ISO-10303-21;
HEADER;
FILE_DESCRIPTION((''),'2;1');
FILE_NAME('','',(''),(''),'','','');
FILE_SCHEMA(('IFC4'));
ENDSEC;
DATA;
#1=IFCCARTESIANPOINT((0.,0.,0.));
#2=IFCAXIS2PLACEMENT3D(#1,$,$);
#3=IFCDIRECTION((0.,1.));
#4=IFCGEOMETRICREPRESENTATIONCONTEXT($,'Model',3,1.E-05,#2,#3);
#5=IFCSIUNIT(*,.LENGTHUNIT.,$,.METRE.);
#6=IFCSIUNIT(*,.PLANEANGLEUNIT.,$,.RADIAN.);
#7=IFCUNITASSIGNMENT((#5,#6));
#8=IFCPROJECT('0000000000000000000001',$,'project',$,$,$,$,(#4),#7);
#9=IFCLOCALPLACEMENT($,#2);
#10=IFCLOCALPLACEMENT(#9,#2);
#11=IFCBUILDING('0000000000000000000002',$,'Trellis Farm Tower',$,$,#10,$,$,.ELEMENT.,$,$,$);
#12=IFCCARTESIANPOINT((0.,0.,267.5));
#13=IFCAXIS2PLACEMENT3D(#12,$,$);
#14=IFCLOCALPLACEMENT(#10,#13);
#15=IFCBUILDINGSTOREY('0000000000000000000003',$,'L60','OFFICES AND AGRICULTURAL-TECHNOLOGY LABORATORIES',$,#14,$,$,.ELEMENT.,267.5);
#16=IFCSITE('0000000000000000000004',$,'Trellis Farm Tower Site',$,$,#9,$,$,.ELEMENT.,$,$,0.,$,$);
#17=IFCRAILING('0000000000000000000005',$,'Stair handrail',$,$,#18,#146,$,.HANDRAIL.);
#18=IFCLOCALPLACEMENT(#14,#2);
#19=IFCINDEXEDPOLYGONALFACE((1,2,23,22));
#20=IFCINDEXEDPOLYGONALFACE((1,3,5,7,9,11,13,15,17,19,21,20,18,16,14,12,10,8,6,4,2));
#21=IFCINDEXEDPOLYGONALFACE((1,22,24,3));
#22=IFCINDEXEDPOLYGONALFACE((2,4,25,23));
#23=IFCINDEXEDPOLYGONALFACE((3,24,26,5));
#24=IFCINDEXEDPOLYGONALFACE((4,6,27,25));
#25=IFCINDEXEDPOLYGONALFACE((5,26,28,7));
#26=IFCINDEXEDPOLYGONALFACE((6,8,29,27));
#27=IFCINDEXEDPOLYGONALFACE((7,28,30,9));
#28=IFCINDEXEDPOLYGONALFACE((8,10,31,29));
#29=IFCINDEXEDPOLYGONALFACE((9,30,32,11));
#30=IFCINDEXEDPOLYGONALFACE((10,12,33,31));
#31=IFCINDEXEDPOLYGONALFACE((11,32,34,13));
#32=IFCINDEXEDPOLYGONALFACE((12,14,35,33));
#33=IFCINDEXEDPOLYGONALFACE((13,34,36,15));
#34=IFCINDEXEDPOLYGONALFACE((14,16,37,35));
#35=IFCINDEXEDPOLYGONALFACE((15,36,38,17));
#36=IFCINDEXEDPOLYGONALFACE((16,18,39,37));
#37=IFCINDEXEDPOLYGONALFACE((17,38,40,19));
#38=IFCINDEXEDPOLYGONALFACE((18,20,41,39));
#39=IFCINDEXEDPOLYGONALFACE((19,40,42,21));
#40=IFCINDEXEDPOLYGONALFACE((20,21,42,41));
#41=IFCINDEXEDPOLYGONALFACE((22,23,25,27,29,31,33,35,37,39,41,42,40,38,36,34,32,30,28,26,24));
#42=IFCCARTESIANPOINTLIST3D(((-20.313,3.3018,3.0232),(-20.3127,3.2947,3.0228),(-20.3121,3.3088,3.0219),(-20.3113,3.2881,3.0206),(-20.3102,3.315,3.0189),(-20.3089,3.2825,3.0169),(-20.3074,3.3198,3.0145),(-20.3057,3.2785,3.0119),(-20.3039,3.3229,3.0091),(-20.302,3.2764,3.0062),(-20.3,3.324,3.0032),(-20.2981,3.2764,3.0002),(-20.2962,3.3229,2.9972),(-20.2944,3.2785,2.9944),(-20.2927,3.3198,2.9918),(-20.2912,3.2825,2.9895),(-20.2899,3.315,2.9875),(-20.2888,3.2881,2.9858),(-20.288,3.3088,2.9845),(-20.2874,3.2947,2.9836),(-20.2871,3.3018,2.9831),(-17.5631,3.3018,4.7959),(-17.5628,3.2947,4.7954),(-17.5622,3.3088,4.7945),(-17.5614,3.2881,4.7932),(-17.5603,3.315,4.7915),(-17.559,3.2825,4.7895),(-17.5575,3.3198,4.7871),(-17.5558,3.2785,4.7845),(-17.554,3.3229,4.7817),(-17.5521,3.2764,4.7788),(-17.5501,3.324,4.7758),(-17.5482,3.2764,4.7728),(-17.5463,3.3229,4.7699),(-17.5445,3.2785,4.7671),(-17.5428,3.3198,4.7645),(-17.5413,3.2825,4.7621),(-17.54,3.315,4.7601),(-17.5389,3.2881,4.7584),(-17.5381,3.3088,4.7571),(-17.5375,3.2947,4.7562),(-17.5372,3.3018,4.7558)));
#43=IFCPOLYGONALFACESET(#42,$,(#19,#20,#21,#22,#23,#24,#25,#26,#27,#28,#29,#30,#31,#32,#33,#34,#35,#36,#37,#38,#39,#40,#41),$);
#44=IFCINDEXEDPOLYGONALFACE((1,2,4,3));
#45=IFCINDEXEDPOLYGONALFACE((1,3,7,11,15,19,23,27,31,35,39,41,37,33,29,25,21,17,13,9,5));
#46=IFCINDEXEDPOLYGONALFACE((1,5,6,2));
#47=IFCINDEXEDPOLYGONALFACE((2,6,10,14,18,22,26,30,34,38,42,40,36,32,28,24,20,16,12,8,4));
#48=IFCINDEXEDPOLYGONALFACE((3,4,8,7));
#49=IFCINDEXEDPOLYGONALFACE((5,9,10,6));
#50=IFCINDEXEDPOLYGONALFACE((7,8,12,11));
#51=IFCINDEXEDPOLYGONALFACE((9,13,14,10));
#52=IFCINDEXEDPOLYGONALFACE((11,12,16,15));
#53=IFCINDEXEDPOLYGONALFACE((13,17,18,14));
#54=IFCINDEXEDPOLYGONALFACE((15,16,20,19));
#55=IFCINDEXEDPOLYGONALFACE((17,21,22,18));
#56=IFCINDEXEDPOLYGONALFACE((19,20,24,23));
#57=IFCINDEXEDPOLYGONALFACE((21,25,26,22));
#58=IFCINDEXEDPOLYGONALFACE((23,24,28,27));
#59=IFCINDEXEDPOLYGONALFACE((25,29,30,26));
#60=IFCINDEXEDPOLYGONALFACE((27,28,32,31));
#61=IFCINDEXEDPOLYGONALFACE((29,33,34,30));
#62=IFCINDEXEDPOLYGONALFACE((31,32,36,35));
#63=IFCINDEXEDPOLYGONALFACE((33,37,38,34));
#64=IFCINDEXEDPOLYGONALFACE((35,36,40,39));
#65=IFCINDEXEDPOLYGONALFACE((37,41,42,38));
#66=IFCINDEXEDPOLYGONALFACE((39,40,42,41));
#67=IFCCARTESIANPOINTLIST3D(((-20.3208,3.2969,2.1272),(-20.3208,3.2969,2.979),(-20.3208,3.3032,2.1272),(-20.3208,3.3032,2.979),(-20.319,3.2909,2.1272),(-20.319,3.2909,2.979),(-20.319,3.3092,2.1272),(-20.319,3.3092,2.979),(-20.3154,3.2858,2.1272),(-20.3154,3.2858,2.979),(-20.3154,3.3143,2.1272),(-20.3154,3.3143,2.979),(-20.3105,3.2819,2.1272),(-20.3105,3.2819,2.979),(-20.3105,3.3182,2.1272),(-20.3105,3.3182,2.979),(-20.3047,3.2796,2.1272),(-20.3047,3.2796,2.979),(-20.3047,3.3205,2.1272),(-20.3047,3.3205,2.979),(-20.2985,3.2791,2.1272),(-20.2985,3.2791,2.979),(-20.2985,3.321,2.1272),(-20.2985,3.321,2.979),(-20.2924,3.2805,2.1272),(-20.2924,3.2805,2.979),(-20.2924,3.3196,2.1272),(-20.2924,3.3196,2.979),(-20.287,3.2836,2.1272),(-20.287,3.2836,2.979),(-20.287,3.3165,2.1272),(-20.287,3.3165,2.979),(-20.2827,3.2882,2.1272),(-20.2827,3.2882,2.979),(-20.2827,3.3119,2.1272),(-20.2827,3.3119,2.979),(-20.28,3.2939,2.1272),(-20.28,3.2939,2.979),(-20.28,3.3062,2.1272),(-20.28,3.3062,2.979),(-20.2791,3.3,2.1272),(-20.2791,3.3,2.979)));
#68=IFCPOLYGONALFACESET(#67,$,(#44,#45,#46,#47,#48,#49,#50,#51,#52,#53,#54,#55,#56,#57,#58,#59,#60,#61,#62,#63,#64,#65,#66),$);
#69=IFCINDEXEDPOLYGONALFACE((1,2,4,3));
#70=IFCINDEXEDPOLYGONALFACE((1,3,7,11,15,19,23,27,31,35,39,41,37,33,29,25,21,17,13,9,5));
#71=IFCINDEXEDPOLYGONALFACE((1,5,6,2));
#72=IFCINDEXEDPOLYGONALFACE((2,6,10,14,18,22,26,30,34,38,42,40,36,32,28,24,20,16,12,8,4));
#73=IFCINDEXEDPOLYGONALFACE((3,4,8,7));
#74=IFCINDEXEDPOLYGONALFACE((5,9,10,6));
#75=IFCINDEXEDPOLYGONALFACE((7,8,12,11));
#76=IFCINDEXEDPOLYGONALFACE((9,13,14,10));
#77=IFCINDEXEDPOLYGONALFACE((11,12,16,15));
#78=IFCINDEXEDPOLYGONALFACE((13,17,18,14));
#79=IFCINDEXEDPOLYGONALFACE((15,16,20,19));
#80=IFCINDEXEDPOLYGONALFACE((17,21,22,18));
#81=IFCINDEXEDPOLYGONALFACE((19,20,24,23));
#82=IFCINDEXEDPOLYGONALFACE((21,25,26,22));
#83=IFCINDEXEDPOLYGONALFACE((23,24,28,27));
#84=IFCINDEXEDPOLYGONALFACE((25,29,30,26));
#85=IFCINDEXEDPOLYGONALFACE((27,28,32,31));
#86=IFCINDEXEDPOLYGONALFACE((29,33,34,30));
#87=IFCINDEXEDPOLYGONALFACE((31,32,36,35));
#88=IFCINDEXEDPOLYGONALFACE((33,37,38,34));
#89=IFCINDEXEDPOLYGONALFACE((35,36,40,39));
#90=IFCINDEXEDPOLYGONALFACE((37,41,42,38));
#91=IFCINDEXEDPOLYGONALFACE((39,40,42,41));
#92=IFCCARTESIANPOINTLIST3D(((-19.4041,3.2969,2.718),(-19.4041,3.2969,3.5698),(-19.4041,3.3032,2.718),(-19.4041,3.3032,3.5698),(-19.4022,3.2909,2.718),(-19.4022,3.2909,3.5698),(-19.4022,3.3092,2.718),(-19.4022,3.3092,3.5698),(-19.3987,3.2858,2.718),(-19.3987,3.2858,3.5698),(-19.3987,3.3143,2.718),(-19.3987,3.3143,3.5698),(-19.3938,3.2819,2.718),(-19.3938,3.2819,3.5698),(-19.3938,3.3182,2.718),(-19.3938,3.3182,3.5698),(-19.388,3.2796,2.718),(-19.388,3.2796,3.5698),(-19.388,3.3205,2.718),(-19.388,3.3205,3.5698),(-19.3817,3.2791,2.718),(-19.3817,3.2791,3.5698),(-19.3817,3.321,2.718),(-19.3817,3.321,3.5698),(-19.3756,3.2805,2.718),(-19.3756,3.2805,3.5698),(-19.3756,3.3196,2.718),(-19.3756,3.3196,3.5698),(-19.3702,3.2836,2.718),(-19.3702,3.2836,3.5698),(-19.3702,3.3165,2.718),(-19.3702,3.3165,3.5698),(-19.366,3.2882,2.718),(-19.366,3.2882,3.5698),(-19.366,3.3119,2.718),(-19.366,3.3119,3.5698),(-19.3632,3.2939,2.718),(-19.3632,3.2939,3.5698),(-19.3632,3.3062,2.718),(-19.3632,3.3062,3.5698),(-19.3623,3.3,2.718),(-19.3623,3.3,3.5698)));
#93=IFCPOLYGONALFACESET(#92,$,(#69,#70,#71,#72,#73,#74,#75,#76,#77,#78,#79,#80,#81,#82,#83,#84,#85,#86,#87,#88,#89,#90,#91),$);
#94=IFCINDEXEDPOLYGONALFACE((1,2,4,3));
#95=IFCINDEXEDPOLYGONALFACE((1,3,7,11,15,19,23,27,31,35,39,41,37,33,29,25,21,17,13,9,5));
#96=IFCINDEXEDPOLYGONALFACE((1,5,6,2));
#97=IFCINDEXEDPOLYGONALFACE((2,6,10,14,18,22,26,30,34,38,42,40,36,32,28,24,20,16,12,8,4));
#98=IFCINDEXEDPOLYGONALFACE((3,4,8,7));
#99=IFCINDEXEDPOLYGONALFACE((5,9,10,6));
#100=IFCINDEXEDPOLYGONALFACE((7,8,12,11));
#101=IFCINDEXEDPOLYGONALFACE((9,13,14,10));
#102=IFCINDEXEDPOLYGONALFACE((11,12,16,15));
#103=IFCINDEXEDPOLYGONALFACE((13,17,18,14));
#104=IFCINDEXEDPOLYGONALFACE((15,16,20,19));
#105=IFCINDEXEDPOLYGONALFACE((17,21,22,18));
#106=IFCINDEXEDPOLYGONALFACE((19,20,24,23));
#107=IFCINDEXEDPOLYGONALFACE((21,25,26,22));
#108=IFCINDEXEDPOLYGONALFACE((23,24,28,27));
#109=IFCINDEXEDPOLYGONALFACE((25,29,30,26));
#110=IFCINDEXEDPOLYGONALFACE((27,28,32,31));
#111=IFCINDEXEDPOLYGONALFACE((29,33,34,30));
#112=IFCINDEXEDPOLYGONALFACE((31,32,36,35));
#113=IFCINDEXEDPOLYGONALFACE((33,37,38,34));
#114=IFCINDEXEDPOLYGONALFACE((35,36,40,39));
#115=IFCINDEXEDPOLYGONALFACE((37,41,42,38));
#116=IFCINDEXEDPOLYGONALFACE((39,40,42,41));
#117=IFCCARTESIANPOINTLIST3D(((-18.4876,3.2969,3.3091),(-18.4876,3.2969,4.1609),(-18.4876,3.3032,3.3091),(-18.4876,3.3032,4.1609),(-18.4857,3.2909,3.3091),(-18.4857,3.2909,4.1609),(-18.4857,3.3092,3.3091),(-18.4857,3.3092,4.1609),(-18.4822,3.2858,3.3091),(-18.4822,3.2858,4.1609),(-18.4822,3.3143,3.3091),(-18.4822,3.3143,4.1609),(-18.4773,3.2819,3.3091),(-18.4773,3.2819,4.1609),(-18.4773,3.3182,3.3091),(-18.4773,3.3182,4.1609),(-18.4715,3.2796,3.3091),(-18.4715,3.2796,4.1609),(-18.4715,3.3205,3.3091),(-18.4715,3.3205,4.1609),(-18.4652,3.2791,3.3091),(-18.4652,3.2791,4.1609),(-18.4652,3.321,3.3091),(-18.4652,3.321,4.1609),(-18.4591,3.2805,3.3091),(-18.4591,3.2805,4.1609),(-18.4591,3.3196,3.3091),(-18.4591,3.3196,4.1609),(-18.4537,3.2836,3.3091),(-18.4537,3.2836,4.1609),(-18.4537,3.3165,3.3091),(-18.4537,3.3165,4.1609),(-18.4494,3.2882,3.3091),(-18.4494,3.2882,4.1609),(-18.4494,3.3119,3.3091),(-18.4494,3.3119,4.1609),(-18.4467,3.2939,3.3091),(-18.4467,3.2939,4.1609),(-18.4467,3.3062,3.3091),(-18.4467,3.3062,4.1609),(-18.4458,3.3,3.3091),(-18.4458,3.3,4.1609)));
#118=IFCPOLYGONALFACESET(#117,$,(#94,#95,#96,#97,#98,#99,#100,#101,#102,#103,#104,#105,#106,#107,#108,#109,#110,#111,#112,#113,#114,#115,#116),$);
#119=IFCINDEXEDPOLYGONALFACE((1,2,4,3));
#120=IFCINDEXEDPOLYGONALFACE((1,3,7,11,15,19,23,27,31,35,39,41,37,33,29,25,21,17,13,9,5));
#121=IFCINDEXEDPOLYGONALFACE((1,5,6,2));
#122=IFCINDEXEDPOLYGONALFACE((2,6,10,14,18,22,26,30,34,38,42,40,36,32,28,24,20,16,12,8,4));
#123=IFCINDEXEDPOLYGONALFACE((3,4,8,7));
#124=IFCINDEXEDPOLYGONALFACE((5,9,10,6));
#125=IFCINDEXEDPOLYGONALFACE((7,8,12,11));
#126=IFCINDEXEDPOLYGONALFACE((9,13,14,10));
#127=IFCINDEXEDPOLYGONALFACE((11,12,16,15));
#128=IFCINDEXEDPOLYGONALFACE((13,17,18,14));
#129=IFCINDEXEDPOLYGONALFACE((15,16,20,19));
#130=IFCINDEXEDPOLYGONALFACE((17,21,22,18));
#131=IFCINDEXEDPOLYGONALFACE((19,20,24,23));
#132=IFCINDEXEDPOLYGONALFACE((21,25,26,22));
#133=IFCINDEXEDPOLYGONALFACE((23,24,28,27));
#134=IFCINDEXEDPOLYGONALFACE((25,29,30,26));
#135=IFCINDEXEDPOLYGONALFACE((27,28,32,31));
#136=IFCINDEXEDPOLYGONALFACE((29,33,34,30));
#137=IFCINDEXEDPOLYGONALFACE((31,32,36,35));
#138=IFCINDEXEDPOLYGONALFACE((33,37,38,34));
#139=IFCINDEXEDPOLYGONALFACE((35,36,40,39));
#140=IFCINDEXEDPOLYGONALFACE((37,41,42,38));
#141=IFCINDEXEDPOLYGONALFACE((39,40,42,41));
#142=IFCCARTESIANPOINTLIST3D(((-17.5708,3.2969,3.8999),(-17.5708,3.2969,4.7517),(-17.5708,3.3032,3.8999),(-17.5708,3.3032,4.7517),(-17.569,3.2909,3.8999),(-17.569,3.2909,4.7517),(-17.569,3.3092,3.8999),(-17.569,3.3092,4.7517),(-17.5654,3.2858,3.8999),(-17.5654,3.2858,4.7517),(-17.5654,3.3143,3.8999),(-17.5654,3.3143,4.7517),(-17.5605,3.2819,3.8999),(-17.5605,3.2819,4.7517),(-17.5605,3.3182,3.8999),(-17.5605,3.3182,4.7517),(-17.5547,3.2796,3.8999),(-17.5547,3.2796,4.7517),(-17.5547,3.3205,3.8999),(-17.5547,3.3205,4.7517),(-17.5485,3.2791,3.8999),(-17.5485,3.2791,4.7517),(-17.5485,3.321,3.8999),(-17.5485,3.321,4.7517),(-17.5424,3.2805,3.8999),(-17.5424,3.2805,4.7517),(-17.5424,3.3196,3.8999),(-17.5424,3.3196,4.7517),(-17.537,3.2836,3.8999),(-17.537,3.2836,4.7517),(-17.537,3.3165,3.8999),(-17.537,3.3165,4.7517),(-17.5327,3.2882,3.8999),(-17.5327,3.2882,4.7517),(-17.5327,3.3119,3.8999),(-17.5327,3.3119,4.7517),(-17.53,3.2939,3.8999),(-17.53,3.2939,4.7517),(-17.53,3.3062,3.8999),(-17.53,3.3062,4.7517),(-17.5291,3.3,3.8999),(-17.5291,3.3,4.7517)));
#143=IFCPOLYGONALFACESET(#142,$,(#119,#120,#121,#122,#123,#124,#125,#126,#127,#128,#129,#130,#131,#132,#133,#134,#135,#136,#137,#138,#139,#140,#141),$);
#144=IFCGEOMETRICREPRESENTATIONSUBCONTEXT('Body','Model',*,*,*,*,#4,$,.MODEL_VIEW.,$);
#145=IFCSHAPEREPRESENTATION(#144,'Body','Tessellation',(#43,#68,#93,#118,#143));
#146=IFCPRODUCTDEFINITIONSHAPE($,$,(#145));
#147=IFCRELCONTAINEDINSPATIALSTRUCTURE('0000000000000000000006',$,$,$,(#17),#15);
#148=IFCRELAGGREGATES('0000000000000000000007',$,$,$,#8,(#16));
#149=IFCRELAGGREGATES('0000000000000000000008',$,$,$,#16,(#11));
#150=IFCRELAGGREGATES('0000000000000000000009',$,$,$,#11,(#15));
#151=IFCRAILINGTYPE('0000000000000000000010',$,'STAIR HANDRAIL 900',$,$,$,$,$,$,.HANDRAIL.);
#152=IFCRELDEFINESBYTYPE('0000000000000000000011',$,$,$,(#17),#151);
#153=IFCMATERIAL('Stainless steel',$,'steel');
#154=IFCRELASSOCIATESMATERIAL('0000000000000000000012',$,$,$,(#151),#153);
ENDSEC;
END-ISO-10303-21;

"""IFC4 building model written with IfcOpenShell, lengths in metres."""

from ifc_helpers import new_model, si_unit, direction, frame, origin, origin_2d, place, context, subcontext, project, spatial, circle, extrude, source, transform, mapped, material, type_object, element, save


model = new_model("IFC4")

# Units and contexts
model_context = context("Model", 3, precision=1e-05, world=origin(), true_north=direction((0.0, 1.0)))
body_context = subcontext(model_context, "Body", "Model", "MODEL_VIEW")
ifc_project = project(units=[si_unit("LENGTHUNIT", "METRE"), si_unit("PLANEANGLEUNIT", "RADIAN")], contexts=[model_context])

# Site, building, storey
site_placement = place(None, origin())
site = spatial("IfcSite", under=ifc_project, at=site_placement, Name="Trellis Farm Tower Site", CompositionType="ELEMENT", RefElevation=0.0)
building_placement = place(site_placement, origin())
building = spatial("IfcBuilding", under=site, at=building_placement, Name="Trellis Farm Tower", CompositionType="ELEMENT")
storey_placement = place(building_placement, frame((0.0, 0.0, 267.5)))
storey = spatial("IfcBuildingStorey", under=building, at=storey_placement, Name="L60", Description="OFFICES AND AGRICULTURAL-TECHNOLOGY LABORATORIES", CompositionType="ELEMENT", Elevation=267.5)

# Railing
ifc_material_1 = material(Name="Stainless steel", Category="steel")
railing_type = type_object("IfcRailingType", Name="STAIR HANDRAIL 900", PredefinedType="HANDRAIL", material=ifc_material_1)
shared_shape_1 = source(origin(), body_context, "Body", "SweptSolid", [
    extrude(circle(Radius=0.0239, at=origin_2d()), frame((0.0, 0.0, 0.876), z_axis=(0.840504, 0.0, 0.541806), x_axis=(0.0, 1.0, 0.0)), (0.0, 0.0, 1.0), 3.2717),
    extrude(circle(Radius=0.021, at=origin_2d()), origin(), (0.0, 0.0, 1.0), 0.8518),
    extrude(circle(Radius=0.021, at=origin_2d()), frame((0.9167, 0.0, 0.5908)), (0.0, 0.0, 1.0), 0.8518),
    extrude(circle(Radius=0.021, at=origin_2d()), frame((1.8333, 0.0, 1.1819)), (0.0, 0.0, 1.0), 0.8518),
    extrude(circle(Radius=0.021, at=origin_2d()), frame((2.75, 0.0, 1.7727)), (0.0, 0.0, 1.0), 0.8518),
])
for number, where, name in (
    (1, (-20.3, 3.3, 2.1272), "Stair handrail"),
):
    element("IfcRailing", number, at=place(storey_placement, frame(where)), inside=storey, type_object=railing_type, Name=name, PredefinedType="HANDRAIL", context=body_context, shape_type="MappedRepresentation", body=[
        mapped(shared_shape_1, transform((0.0, 0.0, 0.0))),
    ])

save(model, "model.ifc")
